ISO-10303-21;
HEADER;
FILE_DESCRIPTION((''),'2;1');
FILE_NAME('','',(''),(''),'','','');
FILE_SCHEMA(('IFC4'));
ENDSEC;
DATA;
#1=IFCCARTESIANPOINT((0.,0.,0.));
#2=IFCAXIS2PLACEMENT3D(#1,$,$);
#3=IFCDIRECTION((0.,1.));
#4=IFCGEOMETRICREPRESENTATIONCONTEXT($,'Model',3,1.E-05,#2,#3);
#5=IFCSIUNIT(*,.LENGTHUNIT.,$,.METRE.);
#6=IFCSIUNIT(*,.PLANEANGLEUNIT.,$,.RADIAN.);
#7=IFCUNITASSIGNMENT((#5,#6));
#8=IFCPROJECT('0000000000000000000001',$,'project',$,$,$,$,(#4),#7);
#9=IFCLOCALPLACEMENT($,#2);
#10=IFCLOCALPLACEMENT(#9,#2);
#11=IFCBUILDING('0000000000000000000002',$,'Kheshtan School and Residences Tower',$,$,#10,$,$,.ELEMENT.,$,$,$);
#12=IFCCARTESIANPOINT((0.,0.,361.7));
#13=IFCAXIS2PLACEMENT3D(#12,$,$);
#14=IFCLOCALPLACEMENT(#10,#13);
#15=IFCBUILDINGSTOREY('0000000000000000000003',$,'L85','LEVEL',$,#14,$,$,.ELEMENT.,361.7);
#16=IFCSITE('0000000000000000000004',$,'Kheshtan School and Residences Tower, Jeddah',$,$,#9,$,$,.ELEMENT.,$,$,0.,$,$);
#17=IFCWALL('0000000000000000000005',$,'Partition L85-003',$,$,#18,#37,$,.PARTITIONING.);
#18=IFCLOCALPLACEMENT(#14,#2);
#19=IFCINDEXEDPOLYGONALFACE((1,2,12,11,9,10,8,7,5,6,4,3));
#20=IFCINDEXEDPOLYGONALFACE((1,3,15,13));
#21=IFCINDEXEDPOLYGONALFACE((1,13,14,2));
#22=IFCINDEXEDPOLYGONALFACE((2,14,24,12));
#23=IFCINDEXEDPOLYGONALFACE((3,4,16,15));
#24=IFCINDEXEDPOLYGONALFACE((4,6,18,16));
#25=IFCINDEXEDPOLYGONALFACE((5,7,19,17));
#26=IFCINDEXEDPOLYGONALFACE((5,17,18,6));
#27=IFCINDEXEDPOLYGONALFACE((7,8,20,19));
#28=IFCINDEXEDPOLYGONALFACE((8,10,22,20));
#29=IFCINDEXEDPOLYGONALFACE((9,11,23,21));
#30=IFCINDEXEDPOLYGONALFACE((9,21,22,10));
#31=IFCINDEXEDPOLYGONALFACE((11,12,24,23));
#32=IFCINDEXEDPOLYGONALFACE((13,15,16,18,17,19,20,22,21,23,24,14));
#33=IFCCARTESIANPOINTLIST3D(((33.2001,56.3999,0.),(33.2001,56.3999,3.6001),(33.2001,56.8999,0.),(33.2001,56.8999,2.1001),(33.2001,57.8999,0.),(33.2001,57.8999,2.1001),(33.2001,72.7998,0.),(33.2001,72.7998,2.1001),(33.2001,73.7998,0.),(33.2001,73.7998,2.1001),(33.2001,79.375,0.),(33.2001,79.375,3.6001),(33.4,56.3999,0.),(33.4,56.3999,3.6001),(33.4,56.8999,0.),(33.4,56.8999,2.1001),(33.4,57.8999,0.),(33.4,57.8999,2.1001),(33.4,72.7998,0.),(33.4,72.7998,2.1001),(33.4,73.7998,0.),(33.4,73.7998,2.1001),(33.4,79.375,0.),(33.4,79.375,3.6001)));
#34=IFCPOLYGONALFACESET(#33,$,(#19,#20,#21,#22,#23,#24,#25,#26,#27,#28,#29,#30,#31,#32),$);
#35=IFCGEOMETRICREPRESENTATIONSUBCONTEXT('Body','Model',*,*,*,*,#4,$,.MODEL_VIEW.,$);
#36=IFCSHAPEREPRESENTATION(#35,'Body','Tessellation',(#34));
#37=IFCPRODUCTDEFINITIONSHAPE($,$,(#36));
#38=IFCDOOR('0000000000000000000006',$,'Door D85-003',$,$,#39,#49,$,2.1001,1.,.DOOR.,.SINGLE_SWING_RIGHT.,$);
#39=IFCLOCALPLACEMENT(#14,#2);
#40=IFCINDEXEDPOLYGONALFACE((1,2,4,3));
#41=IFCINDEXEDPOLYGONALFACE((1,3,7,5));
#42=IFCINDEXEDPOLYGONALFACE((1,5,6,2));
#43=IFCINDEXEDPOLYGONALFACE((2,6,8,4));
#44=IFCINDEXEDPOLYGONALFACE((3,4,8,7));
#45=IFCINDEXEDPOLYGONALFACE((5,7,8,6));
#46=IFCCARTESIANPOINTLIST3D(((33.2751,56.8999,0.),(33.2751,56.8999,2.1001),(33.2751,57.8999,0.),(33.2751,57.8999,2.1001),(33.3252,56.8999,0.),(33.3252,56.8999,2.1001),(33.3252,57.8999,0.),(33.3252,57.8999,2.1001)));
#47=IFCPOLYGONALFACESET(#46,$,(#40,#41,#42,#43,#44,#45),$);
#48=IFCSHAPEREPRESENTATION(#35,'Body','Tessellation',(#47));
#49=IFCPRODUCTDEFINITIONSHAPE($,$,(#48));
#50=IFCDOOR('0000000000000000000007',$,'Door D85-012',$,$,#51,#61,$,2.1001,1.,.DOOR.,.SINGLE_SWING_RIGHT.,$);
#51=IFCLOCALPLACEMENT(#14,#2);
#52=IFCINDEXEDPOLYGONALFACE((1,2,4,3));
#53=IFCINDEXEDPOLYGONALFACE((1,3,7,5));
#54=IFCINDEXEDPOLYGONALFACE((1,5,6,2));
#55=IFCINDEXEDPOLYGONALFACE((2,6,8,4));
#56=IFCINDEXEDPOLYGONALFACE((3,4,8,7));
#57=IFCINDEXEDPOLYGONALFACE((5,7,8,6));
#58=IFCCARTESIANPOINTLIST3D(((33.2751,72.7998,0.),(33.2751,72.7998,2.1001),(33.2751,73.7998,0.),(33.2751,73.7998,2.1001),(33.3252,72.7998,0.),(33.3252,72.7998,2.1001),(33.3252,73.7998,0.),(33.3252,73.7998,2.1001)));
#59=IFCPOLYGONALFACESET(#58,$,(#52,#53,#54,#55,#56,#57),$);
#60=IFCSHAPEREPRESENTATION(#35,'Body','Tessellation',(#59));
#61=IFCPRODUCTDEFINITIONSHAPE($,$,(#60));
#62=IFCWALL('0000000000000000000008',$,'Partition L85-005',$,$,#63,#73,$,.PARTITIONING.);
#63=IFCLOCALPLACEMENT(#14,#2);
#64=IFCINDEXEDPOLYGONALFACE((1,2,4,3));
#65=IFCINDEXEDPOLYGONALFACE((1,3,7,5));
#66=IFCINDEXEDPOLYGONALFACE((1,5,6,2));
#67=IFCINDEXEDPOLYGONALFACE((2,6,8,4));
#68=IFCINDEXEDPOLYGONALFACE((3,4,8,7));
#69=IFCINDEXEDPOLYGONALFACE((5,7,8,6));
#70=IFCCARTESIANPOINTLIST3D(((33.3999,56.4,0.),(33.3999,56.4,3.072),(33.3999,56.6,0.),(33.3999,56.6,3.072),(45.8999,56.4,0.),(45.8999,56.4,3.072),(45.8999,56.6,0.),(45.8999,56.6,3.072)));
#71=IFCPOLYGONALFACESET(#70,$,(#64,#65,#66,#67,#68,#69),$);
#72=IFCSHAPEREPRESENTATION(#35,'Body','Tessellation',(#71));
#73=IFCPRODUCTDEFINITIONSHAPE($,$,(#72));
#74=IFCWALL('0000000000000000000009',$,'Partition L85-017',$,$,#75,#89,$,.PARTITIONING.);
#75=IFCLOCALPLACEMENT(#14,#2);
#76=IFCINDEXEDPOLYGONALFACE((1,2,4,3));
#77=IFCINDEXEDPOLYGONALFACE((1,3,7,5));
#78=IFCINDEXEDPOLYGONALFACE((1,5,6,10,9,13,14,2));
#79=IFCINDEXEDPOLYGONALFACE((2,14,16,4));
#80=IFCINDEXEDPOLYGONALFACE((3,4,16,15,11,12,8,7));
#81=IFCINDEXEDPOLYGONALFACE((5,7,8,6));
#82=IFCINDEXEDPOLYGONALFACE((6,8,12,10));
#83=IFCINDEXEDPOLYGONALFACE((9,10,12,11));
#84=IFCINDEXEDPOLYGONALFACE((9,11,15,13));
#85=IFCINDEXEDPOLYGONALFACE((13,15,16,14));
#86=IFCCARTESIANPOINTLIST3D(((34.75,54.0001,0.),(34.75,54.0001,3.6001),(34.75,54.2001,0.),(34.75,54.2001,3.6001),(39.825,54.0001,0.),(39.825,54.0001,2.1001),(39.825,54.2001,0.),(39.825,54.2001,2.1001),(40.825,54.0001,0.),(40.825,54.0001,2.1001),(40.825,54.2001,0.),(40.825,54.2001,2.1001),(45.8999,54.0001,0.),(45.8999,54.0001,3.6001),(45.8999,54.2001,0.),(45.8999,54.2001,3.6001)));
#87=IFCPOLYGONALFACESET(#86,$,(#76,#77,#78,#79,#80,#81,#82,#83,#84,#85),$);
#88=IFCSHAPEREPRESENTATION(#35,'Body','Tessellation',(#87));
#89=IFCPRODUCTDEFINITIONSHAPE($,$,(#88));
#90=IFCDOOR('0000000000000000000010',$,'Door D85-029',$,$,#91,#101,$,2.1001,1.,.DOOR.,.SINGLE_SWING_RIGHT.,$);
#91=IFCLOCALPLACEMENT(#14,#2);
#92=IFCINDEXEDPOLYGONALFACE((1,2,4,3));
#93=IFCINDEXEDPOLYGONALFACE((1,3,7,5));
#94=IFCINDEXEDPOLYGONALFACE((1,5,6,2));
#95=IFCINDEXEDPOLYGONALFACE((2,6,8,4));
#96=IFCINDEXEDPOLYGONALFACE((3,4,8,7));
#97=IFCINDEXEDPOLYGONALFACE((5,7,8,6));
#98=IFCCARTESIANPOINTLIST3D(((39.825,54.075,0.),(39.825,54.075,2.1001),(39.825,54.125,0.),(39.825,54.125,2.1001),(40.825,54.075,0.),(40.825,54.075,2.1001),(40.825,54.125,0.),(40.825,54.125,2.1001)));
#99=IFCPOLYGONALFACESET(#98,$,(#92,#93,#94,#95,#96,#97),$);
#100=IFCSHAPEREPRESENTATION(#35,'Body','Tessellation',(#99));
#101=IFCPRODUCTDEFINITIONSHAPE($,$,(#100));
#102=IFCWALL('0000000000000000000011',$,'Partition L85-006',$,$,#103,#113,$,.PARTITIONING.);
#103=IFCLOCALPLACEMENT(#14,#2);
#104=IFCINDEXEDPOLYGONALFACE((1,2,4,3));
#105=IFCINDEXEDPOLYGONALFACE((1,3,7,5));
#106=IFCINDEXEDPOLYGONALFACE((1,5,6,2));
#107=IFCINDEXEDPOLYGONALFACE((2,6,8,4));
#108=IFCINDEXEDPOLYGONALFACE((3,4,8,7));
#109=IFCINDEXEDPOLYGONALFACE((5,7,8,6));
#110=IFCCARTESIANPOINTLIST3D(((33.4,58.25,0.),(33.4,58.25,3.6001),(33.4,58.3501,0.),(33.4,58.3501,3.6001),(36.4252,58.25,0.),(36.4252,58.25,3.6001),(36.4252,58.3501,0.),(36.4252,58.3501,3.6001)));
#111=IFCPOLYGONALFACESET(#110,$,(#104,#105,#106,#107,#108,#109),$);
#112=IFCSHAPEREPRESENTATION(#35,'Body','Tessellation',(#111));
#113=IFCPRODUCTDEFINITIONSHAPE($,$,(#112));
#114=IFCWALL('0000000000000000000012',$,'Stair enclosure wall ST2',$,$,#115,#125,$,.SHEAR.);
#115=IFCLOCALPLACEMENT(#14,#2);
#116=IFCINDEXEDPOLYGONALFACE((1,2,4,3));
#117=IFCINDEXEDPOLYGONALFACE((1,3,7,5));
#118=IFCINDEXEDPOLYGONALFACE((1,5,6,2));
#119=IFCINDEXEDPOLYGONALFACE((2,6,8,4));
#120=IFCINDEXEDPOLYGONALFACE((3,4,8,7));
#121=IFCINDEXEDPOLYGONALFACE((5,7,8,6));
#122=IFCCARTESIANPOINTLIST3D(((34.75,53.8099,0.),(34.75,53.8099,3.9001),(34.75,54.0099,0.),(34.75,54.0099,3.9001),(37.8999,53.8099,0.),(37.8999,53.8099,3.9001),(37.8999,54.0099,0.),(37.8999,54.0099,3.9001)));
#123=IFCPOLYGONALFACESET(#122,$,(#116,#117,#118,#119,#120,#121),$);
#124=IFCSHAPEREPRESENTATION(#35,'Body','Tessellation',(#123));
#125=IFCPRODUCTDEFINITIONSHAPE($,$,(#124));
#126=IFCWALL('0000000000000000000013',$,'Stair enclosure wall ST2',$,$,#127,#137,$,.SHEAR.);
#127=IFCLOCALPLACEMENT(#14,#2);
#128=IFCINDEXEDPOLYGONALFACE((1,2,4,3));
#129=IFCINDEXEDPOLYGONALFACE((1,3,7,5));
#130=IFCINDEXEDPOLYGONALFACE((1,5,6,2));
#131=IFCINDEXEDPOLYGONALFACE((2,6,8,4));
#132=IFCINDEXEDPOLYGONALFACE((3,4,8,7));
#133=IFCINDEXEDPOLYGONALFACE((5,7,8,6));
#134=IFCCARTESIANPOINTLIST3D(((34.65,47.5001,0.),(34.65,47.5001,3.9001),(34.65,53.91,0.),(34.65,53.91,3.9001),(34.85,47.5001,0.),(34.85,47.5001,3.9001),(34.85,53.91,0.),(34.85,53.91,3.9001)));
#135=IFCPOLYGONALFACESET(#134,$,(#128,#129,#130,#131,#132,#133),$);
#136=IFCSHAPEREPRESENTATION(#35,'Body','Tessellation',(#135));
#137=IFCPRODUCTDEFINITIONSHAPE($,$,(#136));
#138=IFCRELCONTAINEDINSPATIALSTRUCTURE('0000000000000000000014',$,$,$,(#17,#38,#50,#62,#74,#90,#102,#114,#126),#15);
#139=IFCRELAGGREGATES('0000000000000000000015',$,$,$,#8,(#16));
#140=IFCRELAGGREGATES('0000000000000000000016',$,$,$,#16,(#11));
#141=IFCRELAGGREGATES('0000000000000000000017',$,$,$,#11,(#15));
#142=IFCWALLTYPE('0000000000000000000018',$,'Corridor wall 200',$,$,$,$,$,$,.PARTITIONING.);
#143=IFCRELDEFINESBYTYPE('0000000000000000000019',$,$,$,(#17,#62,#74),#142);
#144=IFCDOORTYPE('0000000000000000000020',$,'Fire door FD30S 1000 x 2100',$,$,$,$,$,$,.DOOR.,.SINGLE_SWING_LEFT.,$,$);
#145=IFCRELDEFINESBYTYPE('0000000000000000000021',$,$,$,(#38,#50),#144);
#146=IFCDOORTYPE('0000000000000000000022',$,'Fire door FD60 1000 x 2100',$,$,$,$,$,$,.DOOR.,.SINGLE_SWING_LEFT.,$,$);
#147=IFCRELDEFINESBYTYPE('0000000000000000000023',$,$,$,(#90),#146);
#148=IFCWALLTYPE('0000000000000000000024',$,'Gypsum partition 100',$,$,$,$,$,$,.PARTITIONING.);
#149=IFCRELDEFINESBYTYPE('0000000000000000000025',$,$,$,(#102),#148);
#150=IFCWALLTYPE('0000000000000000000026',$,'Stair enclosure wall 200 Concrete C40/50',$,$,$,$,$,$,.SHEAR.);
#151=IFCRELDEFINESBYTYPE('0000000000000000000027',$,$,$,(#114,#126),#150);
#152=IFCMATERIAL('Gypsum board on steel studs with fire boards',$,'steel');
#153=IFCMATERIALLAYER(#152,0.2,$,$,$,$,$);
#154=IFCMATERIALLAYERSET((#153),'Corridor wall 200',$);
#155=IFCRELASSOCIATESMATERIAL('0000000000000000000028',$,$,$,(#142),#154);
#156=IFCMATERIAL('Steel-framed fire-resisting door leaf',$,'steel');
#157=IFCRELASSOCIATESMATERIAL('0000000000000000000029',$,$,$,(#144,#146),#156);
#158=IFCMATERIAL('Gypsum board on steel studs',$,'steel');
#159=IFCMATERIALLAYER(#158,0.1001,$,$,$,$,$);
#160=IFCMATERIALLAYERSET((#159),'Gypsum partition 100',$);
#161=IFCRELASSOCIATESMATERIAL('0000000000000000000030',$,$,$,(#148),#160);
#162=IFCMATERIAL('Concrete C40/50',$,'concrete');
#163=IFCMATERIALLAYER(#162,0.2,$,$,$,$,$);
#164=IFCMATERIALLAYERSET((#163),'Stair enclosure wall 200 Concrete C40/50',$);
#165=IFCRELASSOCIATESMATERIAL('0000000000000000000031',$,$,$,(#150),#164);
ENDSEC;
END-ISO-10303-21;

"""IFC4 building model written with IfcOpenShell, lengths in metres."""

from ifc_helpers import new_model, si_unit, direction, frame, frame_2d, origin, place, context, subcontext, project, spatial, rectangle, extrude, source, transform, mapped, material, layer, layer_set, type_object, element, fill, save


model = new_model("IFC4")

# Units and contexts
model_context = context("Model", 3, precision=1e-05, world=origin(), true_north=direction((0.0, 1.0)))
body_context = subcontext(model_context, "Body", "Model", "MODEL_VIEW")
ifc_project = project(units=[si_unit("LENGTHUNIT", "METRE"), si_unit("PLANEANGLEUNIT", "RADIAN")], contexts=[model_context])

# Site, building, storey
site_placement = place(None, origin())
site = spatial("IfcSite", under=ifc_project, at=site_placement, Name="Kheshtan School and Residences Tower, Jeddah", CompositionType="ELEMENT", RefElevation=0.0)
building_placement = place(site_placement, origin())
building = spatial("IfcBuilding", under=site, at=building_placement, Name="Kheshtan School and Residences Tower", CompositionType="ELEMENT")
storey_placement = place(building_placement, frame((0.0, 0.0, 361.7)))
storey = spatial("IfcBuildingStorey", under=building, at=storey_placement, Name="L85", Description="LEVEL", CompositionType="ELEMENT", Elevation=361.7)

# Wall, openings, doors
ifc_material_1 = material(Name="Gypsum board on steel studs with fire boards", Category="steel")
ifc_layer_1 = layer(ifc_material_1, 0.2)
ifc_layer_set_1 = layer_set([ifc_layer_1], Name="Corridor wall 200")
wall_type_1 = type_object("IfcWallType", Name="Corridor wall 200", PredefinedType="PARTITIONING", material=ifc_layer_set_1)
wall_1_placement = place(storey_placement, frame((33.3, 56.3999, 0.0), z_axis=(0.0, 0.0, 1.0), x_axis=(0.0, 1.0, 0.0)))
wall_1 = element("IfcWall", 1, at=wall_1_placement, inside=storey, type_object=wall_type_1, Name="Partition L85-003", PredefinedType="PARTITIONING", context=body_context, shape_type="SweptSolid", body=[
    extrude(rectangle(XDim=22.9751, YDim=0.2, at=frame_2d((11.4875, 0.0))), origin(), (0.0, 0.0, 1.0), 3.6001),
])
opening_1_placement = place(wall_1_placement, frame((0.5, 0.0, 0.0)))
opening_1 = element("IfcOpeningElement", 2, at=opening_1_placement, cuts=wall_1, PredefinedType="OPENING", context=body_context, shape_type="SweptSolid", body=[
    extrude(rectangle(XDim=1.0, YDim=2.1001, at=frame_2d((0.5, 1.05))), frame((0.0, 0.1099, 0.0), z_axis=(0.0, -1.0, 0.0), x_axis=(1.0, 0.0, 0.0)), (0.0, 0.0, 1.0), 0.22),
])
opening_2_placement = place(wall_1_placement, frame((16.3999, 0.0, 0.0)))
opening_2 = element("IfcOpeningElement", 3, at=opening_2_placement, cuts=wall_1, PredefinedType="OPENING", context=body_context, shape_type="SweptSolid", body=[
    extrude(rectangle(XDim=1.0, YDim=2.1001, at=frame_2d((0.5, 1.05))), frame((0.0, 0.1099, 0.0), z_axis=(0.0, -1.0, 0.0), x_axis=(1.0, 0.0, 0.0)), (0.0, 0.0, 1.0), 0.22),
])
ifc_material_2 = material(Name="Steel-framed fire-resisting door leaf", Category="steel")
door_type_1 = type_object("IfcDoorType", Name="Fire door FD30S 1000 x 2100", OperationType="SINGLE_SWING_LEFT", PredefinedType="DOOR", material=ifc_material_2)
shared_shape_1 = source(origin(), body_context, "Body", "SweptSolid", [
    extrude(rectangle(XDim=1.0, YDim=2.1001, at=frame_2d((0.5, 1.05))), frame((0.0, 0.0249, 0.0), z_axis=(0.0, -1.0, 0.0), x_axis=(1.0, 0.0, 0.0)), (0.0, 0.0, 1.0), 0.05),
])
door_1_placement = place(opening_1_placement, origin())
door_1 = element("IfcDoor", 4, at=door_1_placement, inside=storey, type_object=door_type_1, Name="Door D85-003", OperationType="SINGLE_SWING_RIGHT", OverallHeight=2.1001, OverallWidth=1.0, PredefinedType="DOOR", context=body_context, shape_type="MappedRepresentation", body=[
    mapped(shared_shape_1, transform((0.0, 0.0, 0.0), x_axis=(1.0, 0.0, 0.0), y_axis=(0.0, 1.0, 0.0), z_axis=(0.0, 0.0, 1.0), scale=1.0)),
])
fill(opening_1, door_1)
door_2_placement = place(opening_2_placement, origin())
door_2 = element("IfcDoor", 5, at=door_2_placement, inside=storey, type_object=door_type_1, Name="Door D85-012", OperationType="SINGLE_SWING_RIGHT", OverallHeight=2.1001, OverallWidth=1.0, PredefinedType="DOOR", context=body_context, shape_type="MappedRepresentation", body=[
    mapped(shared_shape_1, transform((0.0, 0.0, 0.0), x_axis=(1.0, 0.0, 0.0), y_axis=(0.0, 1.0, 0.0), z_axis=(0.0, 0.0, 1.0), scale=1.0)),
])
fill(opening_2, door_2)

# Wall
wall_2_placement = place(storey_placement, frame((33.3999, 56.5, 0.0), z_axis=(0.0, 0.0, 1.0), x_axis=(1.0, 0.0, 0.0)))
element("IfcWall", 6, at=wall_2_placement, inside=storey, type_object=wall_type_1, Name="Partition L85-005", PredefinedType="PARTITIONING", context=body_context, shape_type="SweptSolid", body=[
    extrude(rectangle(XDim=12.5, YDim=0.2, at=frame_2d((6.25, 0.0))), origin(), (0.0, 0.0, 1.0), 3.072),
])

# Wall, opening, door
wall_3_placement = place(storey_placement, frame((34.75, 54.1001, 0.0), z_axis=(0.0, 0.0, 1.0), x_axis=(1.0, 0.0, 0.0)))
wall_3 = element("IfcWall", 7, at=wall_3_placement, inside=storey, type_object=wall_type_1, Name="Partition L85-017", PredefinedType="PARTITIONING", context=body_context, shape_type="SweptSolid", body=[
    extrude(rectangle(XDim=11.1499, YDim=0.2, at=frame_2d((5.575, 0.0))), origin(), (0.0, 0.0, 1.0), 3.6001),
])
opening_3_placement = place(wall_3_placement, frame((5.075, 0.0, 0.0)))
opening_3 = element("IfcOpeningElement", 8, at=opening_3_placement, cuts=wall_3, PredefinedType="OPENING", context=body_context, shape_type="SweptSolid", body=[
    extrude(rectangle(XDim=1.0, YDim=2.1001, at=frame_2d((0.5, 1.05))), frame((0.0, 0.1099, 0.0), z_axis=(0.0, -1.0, 0.0), x_axis=(1.0, 0.0, 0.0)), (0.0, 0.0, 1.0), 0.22),
])
door_type_2 = type_object("IfcDoorType", Name="Fire door FD60 1000 x 2100", OperationType="SINGLE_SWING_LEFT", PredefinedType="DOOR", material=ifc_material_2)
shared_shape_2 = source(origin(), body_context, "Body", "SweptSolid", [
    extrude(rectangle(XDim=1.0, YDim=2.1001, at=frame_2d((0.5, 1.05))), frame((0.0, 0.0249, 0.0), z_axis=(0.0, -1.0, 0.0), x_axis=(1.0, 0.0, 0.0)), (0.0, 0.0, 1.0), 0.05),
])
door_3_placement = place(opening_3_placement, origin())
door_3 = element("IfcDoor", 9, at=door_3_placement, inside=storey, type_object=door_type_2, Name="Door D85-029", OperationType="SINGLE_SWING_RIGHT", OverallHeight=2.1001, OverallWidth=1.0, PredefinedType="DOOR", context=body_context, shape_type="MappedRepresentation", body=[
    mapped(shared_shape_2, transform((0.0, 0.0, 0.0), x_axis=(1.0, 0.0, 0.0), y_axis=(0.0, 1.0, 0.0), z_axis=(0.0, 0.0, 1.0), scale=1.0)),
])
fill(opening_3, door_3)

# Walls
ifc_material_3 = material(Name="Gypsum board on steel studs", Category="steel")
ifc_layer_2 = layer(ifc_material_3, 0.1001)
ifc_layer_set_2 = layer_set([ifc_layer_2], Name="Gypsum partition 100")
wall_type_2 = type_object("IfcWallType", Name="Gypsum partition 100", PredefinedType="PARTITIONING", material=ifc_layer_set_2)
wall_4_placement = place(storey_placement, frame((33.3999, 58.3, 0.0), z_axis=(0.0, 0.0, 1.0), x_axis=(1.0, 0.0, 0.0)))
element("IfcWall", 10, at=wall_4_placement, inside=storey, type_object=wall_type_2, Name="Partition L85-006", PredefinedType="PARTITIONING", context=body_context, shape_type="SweptSolid", body=[
    extrude(rectangle(XDim=3.0251, YDim=0.1001, at=frame_2d((1.5127, 0.0))), origin(), (0.0, 0.0, 1.0), 3.6001),
])
ifc_material_4 = material(Name="Concrete C40/50", Category="concrete")
ifc_layer_3 = layer(ifc_material_4, 0.2)
ifc_layer_set_3 = layer_set([ifc_layer_3], Name="Stair enclosure wall 200 Concrete C40/50")
wall_type_3 = type_object("IfcWallType", Name="Stair enclosure wall 200 Concrete C40/50", PredefinedType="SHEAR", material=ifc_layer_set_3)
wall_5_placement = place(storey_placement, frame((34.75, 53.9099, 0.0), z_axis=(0.0, 0.0, 1.0), x_axis=(1.0, 0.0, 0.0)))
element("IfcWall", 11, at=wall_5_placement, inside=storey, type_object=wall_type_3, Name="Stair enclosure wall ST2", PredefinedType="SHEAR", context=body_context, shape_type="SweptSolid", body=[
    extrude(rectangle(XDim=3.1499, YDim=0.2, at=frame_2d((1.575, 0.0))), origin(), (0.0, 0.0, 1.0), 3.9001),
])
wall_6_placement = place(storey_placement, frame((34.75, 47.5, 0.0), z_axis=(0.0, 0.0, 1.0), x_axis=(0.0, 1.0, 0.0)))
element("IfcWall", 12, at=wall_6_placement, inside=storey, type_object=wall_type_3, Name="Stair enclosure wall ST2", PredefinedType="SHEAR", context=body_context, shape_type="SweptSolid", body=[
    extrude(rectangle(XDim=6.4099, YDim=0.2, at=frame_2d((3.2051, 0.0))), origin(), (0.0, 0.0, 1.0), 3.9001),
])

save(model, "model.ifc")
